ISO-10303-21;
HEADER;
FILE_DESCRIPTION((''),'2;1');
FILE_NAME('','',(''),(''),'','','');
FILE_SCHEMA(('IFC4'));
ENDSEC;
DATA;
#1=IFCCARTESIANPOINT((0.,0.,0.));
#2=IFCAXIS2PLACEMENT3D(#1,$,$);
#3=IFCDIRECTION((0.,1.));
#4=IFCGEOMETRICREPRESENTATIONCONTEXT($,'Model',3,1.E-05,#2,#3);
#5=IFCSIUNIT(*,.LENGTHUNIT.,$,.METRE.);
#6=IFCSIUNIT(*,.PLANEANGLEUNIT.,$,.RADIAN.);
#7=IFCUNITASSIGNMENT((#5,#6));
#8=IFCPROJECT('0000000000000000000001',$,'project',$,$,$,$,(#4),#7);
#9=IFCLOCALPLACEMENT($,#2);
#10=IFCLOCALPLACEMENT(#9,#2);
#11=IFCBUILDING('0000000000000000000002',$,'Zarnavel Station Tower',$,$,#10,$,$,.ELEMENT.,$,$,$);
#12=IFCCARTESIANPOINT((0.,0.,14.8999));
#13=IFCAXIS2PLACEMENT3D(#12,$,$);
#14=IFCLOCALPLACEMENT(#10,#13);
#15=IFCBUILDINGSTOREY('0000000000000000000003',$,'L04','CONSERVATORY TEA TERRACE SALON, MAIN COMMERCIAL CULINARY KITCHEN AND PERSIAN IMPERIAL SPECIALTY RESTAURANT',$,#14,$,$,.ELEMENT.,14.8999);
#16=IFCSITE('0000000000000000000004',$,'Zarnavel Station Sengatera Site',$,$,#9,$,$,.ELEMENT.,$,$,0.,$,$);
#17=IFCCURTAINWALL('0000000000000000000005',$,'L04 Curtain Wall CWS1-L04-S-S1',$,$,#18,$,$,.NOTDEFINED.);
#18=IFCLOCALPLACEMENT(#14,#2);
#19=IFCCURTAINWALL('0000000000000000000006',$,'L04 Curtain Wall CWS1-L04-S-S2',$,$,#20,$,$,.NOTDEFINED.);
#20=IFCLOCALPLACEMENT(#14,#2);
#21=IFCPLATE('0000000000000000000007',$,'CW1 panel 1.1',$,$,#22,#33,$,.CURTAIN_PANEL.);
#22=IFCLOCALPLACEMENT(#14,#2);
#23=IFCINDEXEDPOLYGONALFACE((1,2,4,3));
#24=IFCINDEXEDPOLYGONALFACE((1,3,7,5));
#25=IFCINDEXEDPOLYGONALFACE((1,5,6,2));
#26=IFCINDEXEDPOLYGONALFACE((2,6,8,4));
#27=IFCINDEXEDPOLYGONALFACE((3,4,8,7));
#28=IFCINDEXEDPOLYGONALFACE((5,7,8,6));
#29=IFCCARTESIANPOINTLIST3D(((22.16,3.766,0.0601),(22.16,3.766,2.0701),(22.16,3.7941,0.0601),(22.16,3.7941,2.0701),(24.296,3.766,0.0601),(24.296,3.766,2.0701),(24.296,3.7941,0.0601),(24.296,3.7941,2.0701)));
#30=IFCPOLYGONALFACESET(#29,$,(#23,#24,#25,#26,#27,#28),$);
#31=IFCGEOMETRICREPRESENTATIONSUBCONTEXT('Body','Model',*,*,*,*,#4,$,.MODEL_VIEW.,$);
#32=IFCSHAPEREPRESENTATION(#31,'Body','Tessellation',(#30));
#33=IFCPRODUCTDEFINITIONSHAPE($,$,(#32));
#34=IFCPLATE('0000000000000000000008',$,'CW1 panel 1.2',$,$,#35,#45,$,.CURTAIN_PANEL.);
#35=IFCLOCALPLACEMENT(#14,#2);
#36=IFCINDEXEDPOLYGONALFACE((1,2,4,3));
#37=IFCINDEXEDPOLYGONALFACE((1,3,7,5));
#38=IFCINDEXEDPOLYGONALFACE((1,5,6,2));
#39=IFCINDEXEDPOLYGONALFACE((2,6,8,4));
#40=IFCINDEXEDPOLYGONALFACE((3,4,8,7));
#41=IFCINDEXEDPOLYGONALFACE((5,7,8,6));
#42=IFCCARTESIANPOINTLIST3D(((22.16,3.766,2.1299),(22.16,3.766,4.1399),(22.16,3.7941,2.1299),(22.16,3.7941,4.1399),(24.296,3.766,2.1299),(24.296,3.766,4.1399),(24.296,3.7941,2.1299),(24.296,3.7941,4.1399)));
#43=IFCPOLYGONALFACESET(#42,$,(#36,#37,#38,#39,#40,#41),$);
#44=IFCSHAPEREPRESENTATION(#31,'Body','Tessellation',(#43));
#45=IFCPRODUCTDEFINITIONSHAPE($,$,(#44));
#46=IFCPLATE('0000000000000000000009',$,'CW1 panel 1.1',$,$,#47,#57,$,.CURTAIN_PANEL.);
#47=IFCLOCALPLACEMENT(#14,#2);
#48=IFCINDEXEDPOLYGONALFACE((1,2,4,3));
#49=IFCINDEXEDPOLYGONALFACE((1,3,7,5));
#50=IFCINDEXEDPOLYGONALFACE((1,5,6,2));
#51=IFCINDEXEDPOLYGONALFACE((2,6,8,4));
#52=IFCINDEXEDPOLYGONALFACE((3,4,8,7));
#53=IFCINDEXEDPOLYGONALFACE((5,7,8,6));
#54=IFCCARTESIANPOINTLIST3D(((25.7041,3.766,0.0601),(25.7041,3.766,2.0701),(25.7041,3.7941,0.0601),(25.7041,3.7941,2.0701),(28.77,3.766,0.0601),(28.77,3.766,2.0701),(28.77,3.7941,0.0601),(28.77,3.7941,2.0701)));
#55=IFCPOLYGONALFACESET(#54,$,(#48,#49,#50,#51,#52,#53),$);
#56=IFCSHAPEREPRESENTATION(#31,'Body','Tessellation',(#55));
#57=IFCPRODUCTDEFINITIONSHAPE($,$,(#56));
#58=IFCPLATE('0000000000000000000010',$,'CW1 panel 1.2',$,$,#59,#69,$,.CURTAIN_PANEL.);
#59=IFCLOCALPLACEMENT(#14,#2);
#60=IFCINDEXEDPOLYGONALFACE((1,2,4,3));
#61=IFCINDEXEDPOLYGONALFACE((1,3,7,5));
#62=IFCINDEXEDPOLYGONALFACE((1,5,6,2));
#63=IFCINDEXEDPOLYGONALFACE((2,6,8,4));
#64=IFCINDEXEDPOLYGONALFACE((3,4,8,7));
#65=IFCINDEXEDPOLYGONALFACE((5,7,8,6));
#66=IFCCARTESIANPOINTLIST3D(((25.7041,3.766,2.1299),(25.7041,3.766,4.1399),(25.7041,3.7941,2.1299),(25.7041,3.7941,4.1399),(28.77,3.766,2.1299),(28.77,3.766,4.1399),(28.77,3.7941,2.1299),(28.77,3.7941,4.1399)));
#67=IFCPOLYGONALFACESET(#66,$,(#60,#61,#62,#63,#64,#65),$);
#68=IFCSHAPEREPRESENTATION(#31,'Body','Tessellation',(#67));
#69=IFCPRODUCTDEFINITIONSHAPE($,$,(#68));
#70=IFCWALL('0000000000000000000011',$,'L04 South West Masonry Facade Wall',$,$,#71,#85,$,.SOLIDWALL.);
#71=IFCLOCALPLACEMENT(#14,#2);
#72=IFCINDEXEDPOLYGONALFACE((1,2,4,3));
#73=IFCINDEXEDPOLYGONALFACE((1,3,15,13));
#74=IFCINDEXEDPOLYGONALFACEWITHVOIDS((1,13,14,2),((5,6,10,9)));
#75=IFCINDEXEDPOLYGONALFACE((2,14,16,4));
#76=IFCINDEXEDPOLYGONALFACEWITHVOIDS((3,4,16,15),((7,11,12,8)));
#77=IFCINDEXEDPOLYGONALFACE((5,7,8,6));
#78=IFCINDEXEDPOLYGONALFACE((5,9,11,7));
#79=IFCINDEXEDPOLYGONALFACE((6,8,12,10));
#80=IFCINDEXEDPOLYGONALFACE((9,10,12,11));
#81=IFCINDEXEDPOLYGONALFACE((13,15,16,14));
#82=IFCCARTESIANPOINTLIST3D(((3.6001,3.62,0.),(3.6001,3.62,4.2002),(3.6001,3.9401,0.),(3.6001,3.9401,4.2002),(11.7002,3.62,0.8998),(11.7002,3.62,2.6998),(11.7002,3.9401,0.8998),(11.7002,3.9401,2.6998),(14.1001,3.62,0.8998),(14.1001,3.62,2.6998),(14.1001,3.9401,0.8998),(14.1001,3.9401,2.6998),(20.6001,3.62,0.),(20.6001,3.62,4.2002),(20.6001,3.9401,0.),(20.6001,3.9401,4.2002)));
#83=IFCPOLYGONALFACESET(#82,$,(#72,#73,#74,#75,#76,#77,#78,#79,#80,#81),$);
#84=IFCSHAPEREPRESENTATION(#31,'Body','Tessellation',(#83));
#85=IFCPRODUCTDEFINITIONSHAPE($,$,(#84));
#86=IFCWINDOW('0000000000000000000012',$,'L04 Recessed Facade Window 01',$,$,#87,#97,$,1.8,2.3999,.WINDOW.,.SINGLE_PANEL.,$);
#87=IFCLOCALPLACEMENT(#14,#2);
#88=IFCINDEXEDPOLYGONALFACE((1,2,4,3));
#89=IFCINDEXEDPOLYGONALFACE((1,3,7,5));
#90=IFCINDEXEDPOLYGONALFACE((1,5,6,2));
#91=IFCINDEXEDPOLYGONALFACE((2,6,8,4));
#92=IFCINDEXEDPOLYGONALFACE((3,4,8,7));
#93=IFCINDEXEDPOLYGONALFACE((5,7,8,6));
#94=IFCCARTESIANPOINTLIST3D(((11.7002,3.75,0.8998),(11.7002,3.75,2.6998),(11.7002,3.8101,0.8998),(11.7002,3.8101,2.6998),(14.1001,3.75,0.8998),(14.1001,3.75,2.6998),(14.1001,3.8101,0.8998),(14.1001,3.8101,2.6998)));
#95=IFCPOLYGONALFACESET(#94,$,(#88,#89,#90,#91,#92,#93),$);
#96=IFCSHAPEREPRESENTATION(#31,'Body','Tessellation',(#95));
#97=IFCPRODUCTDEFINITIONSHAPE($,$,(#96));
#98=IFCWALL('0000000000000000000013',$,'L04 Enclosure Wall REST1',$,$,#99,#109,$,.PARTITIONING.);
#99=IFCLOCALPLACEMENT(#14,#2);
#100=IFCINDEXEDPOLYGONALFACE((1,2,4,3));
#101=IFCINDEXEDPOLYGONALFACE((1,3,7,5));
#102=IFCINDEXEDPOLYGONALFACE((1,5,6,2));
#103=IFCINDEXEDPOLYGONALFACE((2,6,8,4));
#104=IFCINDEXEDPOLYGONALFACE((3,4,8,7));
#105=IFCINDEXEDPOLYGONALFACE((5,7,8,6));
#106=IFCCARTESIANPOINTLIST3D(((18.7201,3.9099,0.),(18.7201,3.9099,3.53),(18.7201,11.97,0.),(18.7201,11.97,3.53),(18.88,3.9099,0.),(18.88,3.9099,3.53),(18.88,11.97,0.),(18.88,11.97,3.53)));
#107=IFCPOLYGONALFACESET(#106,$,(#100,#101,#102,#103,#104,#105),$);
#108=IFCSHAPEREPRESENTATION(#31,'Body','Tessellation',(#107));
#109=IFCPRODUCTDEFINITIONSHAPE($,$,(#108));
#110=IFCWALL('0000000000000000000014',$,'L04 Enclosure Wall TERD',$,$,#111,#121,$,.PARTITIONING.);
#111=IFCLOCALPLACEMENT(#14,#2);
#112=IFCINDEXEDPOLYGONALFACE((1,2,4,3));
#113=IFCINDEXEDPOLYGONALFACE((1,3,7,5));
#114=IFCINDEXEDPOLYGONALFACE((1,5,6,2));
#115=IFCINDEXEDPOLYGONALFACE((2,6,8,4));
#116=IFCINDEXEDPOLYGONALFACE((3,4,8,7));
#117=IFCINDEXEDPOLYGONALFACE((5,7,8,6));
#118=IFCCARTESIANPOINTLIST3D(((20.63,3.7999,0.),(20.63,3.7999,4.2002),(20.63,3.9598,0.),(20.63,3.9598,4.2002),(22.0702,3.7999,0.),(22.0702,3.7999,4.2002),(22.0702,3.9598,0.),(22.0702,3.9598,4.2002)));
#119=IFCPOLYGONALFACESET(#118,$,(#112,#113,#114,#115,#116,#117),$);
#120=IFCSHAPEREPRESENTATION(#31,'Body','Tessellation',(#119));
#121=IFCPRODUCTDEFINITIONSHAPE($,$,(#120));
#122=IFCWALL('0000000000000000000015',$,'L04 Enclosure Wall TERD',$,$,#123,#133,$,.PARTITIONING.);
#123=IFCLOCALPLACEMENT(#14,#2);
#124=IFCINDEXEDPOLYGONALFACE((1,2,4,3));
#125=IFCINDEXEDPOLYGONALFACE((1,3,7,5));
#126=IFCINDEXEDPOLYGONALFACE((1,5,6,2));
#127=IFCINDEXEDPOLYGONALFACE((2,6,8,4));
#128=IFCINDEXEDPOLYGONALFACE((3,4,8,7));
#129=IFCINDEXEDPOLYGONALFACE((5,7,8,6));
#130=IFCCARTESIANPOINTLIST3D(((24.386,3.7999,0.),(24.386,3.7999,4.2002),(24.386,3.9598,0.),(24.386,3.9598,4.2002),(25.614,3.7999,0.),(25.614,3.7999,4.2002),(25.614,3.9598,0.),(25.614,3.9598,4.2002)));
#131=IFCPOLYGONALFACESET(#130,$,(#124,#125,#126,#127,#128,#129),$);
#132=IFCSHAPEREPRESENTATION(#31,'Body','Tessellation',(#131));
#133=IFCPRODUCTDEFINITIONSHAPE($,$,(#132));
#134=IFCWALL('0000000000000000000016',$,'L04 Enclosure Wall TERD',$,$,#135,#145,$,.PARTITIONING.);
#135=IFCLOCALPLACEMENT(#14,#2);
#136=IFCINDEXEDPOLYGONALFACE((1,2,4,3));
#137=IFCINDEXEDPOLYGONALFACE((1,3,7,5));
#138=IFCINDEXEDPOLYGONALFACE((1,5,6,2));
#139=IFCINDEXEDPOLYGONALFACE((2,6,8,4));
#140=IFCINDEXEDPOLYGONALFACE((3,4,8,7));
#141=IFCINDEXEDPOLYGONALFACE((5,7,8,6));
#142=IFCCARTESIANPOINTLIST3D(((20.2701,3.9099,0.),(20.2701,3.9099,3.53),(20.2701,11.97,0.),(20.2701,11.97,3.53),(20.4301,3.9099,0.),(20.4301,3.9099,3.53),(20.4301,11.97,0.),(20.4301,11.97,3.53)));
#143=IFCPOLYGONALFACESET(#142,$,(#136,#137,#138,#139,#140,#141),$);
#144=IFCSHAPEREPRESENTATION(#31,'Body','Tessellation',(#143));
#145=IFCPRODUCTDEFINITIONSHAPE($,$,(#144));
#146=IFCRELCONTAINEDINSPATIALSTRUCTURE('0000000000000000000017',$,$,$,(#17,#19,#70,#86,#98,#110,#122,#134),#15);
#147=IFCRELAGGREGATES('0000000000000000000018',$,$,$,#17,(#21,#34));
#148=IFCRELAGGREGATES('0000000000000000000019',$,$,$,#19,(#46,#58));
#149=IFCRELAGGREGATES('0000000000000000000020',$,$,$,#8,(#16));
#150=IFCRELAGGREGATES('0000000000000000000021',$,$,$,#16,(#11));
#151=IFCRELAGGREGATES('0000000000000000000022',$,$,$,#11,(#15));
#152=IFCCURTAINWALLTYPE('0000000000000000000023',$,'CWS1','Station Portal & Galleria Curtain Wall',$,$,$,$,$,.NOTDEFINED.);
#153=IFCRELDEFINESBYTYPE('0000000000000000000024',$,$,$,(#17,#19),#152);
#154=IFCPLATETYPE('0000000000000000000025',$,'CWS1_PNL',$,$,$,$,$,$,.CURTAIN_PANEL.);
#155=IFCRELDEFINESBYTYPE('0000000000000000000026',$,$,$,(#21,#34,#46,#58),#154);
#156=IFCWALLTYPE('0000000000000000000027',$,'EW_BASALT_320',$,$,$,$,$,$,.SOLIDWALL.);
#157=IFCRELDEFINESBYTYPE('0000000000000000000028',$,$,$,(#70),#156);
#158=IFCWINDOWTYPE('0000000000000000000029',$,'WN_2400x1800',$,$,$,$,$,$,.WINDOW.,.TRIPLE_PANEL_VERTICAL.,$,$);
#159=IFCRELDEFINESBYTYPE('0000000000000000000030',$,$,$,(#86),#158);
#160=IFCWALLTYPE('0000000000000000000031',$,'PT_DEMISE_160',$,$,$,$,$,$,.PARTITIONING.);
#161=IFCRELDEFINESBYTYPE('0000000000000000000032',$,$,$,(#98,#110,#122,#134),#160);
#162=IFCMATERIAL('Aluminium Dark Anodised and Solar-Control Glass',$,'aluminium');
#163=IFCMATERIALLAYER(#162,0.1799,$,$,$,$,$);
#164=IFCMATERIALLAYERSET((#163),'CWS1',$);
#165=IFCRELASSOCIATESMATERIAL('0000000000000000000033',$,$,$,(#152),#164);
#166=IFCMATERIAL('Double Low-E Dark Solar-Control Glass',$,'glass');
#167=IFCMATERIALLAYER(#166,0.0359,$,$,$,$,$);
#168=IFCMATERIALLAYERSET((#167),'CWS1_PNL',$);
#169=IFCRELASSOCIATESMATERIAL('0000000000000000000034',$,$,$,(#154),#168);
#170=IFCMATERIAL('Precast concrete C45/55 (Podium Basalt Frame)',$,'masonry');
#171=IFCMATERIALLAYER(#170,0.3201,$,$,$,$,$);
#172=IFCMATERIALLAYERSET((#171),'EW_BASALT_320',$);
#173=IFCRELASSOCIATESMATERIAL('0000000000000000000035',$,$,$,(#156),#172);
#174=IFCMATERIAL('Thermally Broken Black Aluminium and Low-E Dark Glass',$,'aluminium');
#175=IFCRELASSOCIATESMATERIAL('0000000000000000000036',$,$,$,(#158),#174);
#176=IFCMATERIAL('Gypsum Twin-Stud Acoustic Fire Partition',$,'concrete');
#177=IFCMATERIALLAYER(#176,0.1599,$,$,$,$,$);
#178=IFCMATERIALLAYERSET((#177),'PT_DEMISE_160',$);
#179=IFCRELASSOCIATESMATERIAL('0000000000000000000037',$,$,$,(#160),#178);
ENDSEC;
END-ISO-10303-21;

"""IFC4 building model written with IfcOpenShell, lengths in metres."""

from ifc_helpers import new_model, si_unit, direction, frame, frame_2d, origin, origin_2d, place, context, subcontext, project, spatial, rectangle, extrude, material, layer, layer_set, type_object, element, fill, aggregate, save


model = new_model("IFC4")

# Units and contexts
model_context = context("Model", 3, precision=1e-05, world=origin(), true_north=direction((0.0, 1.0)))
body_context = subcontext(model_context, "Body", "Model", "MODEL_VIEW")
ifc_project = project(units=[si_unit("LENGTHUNIT", "METRE"), si_unit("PLANEANGLEUNIT", "RADIAN")], contexts=[model_context])

# Site, building, storey
site_placement = place(None, origin())
site = spatial("IfcSite", under=ifc_project, at=site_placement, Name="Zarnavel Station Sengatera Site", CompositionType="ELEMENT", RefElevation=0.0)
building_placement = place(site_placement, origin())
building = spatial("IfcBuilding", under=site, at=building_placement, Name="Zarnavel Station Tower", CompositionType="ELEMENT")
storey_placement = place(building_placement, frame((0.0, 0.0, 14.8999)))
storey = spatial("IfcBuildingStorey", under=building, at=storey_placement, Name="L04", Description="CONSERVATORY TEA TERRACE SALON, MAIN COMMERCIAL CULINARY KITCHEN AND PERSIAN IMPERIAL SPECIALTY RESTAURANT", CompositionType="ELEMENT", Elevation=14.8999)

# Curtain wall
ifc_material_1 = material(Name="Aluminium Dark Anodised and Solar-Control Glass", Category="aluminium")
ifc_layer_1 = layer(ifc_material_1, 0.1799)
ifc_layer_set_1 = layer_set([ifc_layer_1], Name="CWS1")
curtain_wall_type = type_object("IfcCurtainWallType", Name="CWS1", Description="Station Portal & Galleria Curtain Wall", PredefinedType="NOTDEFINED", material=ifc_layer_set_1)
curtain_wall_1_placement = place(storey_placement, origin())
curtain_wall_1 = element("IfcCurtainWall", 1, at=curtain_wall_1_placement, inside=storey, type_object=curtain_wall_type, Name="L04 Curtain Wall CWS1-L04-S-S1", PredefinedType="NOTDEFINED")

# Curtain wall
curtain_wall_2_placement = place(storey_placement, origin())
curtain_wall_2 = element("IfcCurtainWall", 2, at=curtain_wall_2_placement, inside=storey, type_object=curtain_wall_type, Name="L04 Curtain Wall CWS1-L04-S-S2", PredefinedType="NOTDEFINED")

# Plates
ifc_material_2 = material(Name="Double Low-E Dark Solar-Control Glass", Category="glass")
ifc_layer_2 = layer(ifc_material_2, 0.0359)
ifc_layer_set_2 = layer_set([ifc_layer_2], Name="CWS1_PNL")
plate_type = type_object("IfcPlateType", Name="CWS1_PNL", PredefinedType="CURTAIN_PANEL", material=ifc_layer_set_2)
plate_1_placement = place(storey_placement, frame((23.228, 3.78, 0.0601), z_axis=(0.0, 0.0, 1.0), x_axis=(1.0, 0.0, 0.0)))
plate_1 = element("IfcPlate", 3, at=plate_1_placement, type_object=plate_type, Name="CW1 panel 1.1", PredefinedType="CURTAIN_PANEL", context=body_context, shape_type="SweptSolid", body=[
    extrude(rectangle(XDim=2.136, YDim=0.0281, at=origin_2d()), origin(), (0.0, 0.0, 1.0), 2.01),
])
plate_2_placement = place(storey_placement, frame((23.228, 3.78, 2.1299), z_axis=(0.0, 0.0, 1.0), x_axis=(1.0, 0.0, 0.0)))
plate_2 = element("IfcPlate", 4, at=plate_2_placement, type_object=plate_type, Name="CW1 panel 1.2", PredefinedType="CURTAIN_PANEL", context=body_context, shape_type="SweptSolid", body=[
    extrude(rectangle(XDim=2.136, YDim=0.0281, at=origin_2d()), origin(), (0.0, 0.0, 1.0), 2.01),
])
aggregate(curtain_wall_1, [plate_1, plate_2])
plate_3_placement = place(storey_placement, frame((27.2371, 3.78, 0.0601), z_axis=(0.0, 0.0, 1.0), x_axis=(1.0, 0.0, 0.0)))
plate_3 = element("IfcPlate", 5, at=plate_3_placement, type_object=plate_type, Name="CW1 panel 1.1", PredefinedType="CURTAIN_PANEL", context=body_context, shape_type="SweptSolid", body=[
    extrude(rectangle(XDim=3.0659, YDim=0.0281, at=origin_2d()), origin(), (0.0, 0.0, 1.0), 2.01),
])
plate_4_placement = place(storey_placement, frame((27.2371, 3.78, 2.1299), z_axis=(0.0, 0.0, 1.0), x_axis=(1.0, 0.0, 0.0)))
plate_4 = element("IfcPlate", 6, at=plate_4_placement, type_object=plate_type, Name="CW1 panel 1.2", PredefinedType="CURTAIN_PANEL", context=body_context, shape_type="SweptSolid", body=[
    extrude(rectangle(XDim=3.0659, YDim=0.0281, at=origin_2d()), origin(), (0.0, 0.0, 1.0), 2.01),
])
aggregate(curtain_wall_2, [plate_3, plate_4])

# Wall, opening, window
ifc_material_3 = material(Name="Precast concrete C45/55 (Podium Basalt Frame)", Category="masonry")
ifc_layer_3 = layer(ifc_material_3, 0.3201)
ifc_layer_set_3 = layer_set([ifc_layer_3], Name="EW_BASALT_320")
wall_type_1 = type_object("IfcWallType", Name="EW_BASALT_320", PredefinedType="SOLIDWALL", material=ifc_layer_set_3)
wall_1_placement = place(storey_placement, frame((20.6001, 3.78, 0.0), z_axis=(0.0, 0.0, 1.0), x_axis=(-1.0, 0.0, 0.0)))
wall_1 = element("IfcWall", 7, at=wall_1_placement, inside=storey, type_object=wall_type_1, Name="L04 South West Masonry Facade Wall", PredefinedType="SOLIDWALL", context=body_context, shape_type="SweptSolid", body=[
    extrude(rectangle(XDim=17.0, YDim=0.3201, at=frame_2d((8.5, 0.0))), origin(), (0.0, 0.0, 1.0), 4.2002),
])
opening_placement = place(wall_1_placement, frame((6.5, 0.0, 0.8999)))
opening = element("IfcOpeningElement", 8, at=opening_placement, cuts=wall_1, PredefinedType="OPENING", context=body_context, shape_type="SweptSolid", body=[
    extrude(rectangle(XDim=2.3999, YDim=1.8, at=frame_2d((1.2, 0.8999))), frame((0.0, 0.1699, 0.0), z_axis=(0.0, -1.0, 0.0), x_axis=(1.0, 0.0, 0.0)), (0.0, 0.0, 1.0), 0.3401),
])
ifc_material_4 = material(Name="Thermally Broken Black Aluminium and Low-E Dark Glass", Category="aluminium")
window_type = type_object("IfcWindowType", Name="WN_2400x1800", PartitioningType="TRIPLE_PANEL_VERTICAL", PredefinedType="WINDOW", material=ifc_material_4)
window_placement = place(opening_placement, origin())
window = element("IfcWindow", 9, at=window_placement, inside=storey, type_object=window_type, Name="L04 Recessed Facade Window 01", OverallHeight=1.8, OverallWidth=2.3999, PartitioningType="SINGLE_PANEL", PredefinedType="WINDOW", context=body_context, shape_type="SweptSolid", body=[
    extrude(rectangle(XDim=2.3999, YDim=1.8, at=frame_2d((1.2, 0.8999))), frame((0.0, 0.03, 0.0), z_axis=(0.0, -1.0, 0.0), x_axis=(1.0, 0.0, 0.0)), (0.0, 0.0, 1.0), 0.0601),
])
fill(opening, window)

# Walls
ifc_material_5 = material(Name="Gypsum Twin-Stud Acoustic Fire Partition", Category="concrete")
ifc_layer_4 = layer(ifc_material_5, 0.1599)
ifc_layer_set_4 = layer_set([ifc_layer_4], Name="PT_DEMISE_160")
wall_type_2 = type_object("IfcWallType", Name="PT_DEMISE_160", PredefinedType="PARTITIONING", material=ifc_layer_set_4)
wall_2_placement = place(storey_placement, frame((18.8, 3.9099, 0.0), z_axis=(0.0, 0.0, 1.0), x_axis=(0.0, 1.0, 0.0)))
element("IfcWall", 10, at=wall_2_placement, inside=storey, type_object=wall_type_2, Name="L04 Enclosure Wall REST1", PredefinedType="PARTITIONING", context=body_context, shape_type="SweptSolid", body=[
    extrude(rectangle(XDim=8.0601, YDim=0.1599, at=frame_2d((4.03, 0.0))), origin(), (0.0, 0.0, 1.0), 3.53),
])
wall_3_placement = place(storey_placement, frame((20.6299, 3.8799, 0.0), z_axis=(0.0, 0.0, 1.0), x_axis=(1.0, 0.0, 0.0)))
element("IfcWall", 11, at=wall_3_placement, inside=storey, type_object=wall_type_2, Name="L04 Enclosure Wall TERD", PredefinedType="PARTITIONING", context=body_context, shape_type="SweptSolid", body=[
    extrude(rectangle(XDim=1.4402, YDim=0.1599, at=frame_2d((0.7202, 0.0))), origin(), (0.0, 0.0, 1.0), 4.2002),
])
wall_4_placement = place(storey_placement, frame((24.386, 3.8799, 0.0), z_axis=(0.0, 0.0, 1.0), x_axis=(1.0, 0.0, 0.0)))
element("IfcWall", 12, at=wall_4_placement, inside=storey, type_object=wall_type_2, Name="L04 Enclosure Wall TERD", PredefinedType="PARTITIONING", context=body_context, shape_type="SweptSolid", body=[
    extrude(rectangle(XDim=1.228, YDim=0.1599, at=frame_2d((0.614, 0.0))), origin(), (0.0, 0.0, 1.0), 4.2002),
])
wall_5_placement = place(storey_placement, frame((20.3501, 3.9099, 0.0), z_axis=(0.0, 0.0, 1.0), x_axis=(0.0, 1.0, 0.0)))
element("IfcWall", 13, at=wall_5_placement, inside=storey, type_object=wall_type_2, Name="L04 Enclosure Wall TERD", PredefinedType="PARTITIONING", context=body_context, shape_type="SweptSolid", body=[
    extrude(rectangle(XDim=8.0601, YDim=0.1599, at=frame_2d((4.03, 0.0))), origin(), (0.0, 0.0, 1.0), 3.53),
])

save(model, "model.ifc")
